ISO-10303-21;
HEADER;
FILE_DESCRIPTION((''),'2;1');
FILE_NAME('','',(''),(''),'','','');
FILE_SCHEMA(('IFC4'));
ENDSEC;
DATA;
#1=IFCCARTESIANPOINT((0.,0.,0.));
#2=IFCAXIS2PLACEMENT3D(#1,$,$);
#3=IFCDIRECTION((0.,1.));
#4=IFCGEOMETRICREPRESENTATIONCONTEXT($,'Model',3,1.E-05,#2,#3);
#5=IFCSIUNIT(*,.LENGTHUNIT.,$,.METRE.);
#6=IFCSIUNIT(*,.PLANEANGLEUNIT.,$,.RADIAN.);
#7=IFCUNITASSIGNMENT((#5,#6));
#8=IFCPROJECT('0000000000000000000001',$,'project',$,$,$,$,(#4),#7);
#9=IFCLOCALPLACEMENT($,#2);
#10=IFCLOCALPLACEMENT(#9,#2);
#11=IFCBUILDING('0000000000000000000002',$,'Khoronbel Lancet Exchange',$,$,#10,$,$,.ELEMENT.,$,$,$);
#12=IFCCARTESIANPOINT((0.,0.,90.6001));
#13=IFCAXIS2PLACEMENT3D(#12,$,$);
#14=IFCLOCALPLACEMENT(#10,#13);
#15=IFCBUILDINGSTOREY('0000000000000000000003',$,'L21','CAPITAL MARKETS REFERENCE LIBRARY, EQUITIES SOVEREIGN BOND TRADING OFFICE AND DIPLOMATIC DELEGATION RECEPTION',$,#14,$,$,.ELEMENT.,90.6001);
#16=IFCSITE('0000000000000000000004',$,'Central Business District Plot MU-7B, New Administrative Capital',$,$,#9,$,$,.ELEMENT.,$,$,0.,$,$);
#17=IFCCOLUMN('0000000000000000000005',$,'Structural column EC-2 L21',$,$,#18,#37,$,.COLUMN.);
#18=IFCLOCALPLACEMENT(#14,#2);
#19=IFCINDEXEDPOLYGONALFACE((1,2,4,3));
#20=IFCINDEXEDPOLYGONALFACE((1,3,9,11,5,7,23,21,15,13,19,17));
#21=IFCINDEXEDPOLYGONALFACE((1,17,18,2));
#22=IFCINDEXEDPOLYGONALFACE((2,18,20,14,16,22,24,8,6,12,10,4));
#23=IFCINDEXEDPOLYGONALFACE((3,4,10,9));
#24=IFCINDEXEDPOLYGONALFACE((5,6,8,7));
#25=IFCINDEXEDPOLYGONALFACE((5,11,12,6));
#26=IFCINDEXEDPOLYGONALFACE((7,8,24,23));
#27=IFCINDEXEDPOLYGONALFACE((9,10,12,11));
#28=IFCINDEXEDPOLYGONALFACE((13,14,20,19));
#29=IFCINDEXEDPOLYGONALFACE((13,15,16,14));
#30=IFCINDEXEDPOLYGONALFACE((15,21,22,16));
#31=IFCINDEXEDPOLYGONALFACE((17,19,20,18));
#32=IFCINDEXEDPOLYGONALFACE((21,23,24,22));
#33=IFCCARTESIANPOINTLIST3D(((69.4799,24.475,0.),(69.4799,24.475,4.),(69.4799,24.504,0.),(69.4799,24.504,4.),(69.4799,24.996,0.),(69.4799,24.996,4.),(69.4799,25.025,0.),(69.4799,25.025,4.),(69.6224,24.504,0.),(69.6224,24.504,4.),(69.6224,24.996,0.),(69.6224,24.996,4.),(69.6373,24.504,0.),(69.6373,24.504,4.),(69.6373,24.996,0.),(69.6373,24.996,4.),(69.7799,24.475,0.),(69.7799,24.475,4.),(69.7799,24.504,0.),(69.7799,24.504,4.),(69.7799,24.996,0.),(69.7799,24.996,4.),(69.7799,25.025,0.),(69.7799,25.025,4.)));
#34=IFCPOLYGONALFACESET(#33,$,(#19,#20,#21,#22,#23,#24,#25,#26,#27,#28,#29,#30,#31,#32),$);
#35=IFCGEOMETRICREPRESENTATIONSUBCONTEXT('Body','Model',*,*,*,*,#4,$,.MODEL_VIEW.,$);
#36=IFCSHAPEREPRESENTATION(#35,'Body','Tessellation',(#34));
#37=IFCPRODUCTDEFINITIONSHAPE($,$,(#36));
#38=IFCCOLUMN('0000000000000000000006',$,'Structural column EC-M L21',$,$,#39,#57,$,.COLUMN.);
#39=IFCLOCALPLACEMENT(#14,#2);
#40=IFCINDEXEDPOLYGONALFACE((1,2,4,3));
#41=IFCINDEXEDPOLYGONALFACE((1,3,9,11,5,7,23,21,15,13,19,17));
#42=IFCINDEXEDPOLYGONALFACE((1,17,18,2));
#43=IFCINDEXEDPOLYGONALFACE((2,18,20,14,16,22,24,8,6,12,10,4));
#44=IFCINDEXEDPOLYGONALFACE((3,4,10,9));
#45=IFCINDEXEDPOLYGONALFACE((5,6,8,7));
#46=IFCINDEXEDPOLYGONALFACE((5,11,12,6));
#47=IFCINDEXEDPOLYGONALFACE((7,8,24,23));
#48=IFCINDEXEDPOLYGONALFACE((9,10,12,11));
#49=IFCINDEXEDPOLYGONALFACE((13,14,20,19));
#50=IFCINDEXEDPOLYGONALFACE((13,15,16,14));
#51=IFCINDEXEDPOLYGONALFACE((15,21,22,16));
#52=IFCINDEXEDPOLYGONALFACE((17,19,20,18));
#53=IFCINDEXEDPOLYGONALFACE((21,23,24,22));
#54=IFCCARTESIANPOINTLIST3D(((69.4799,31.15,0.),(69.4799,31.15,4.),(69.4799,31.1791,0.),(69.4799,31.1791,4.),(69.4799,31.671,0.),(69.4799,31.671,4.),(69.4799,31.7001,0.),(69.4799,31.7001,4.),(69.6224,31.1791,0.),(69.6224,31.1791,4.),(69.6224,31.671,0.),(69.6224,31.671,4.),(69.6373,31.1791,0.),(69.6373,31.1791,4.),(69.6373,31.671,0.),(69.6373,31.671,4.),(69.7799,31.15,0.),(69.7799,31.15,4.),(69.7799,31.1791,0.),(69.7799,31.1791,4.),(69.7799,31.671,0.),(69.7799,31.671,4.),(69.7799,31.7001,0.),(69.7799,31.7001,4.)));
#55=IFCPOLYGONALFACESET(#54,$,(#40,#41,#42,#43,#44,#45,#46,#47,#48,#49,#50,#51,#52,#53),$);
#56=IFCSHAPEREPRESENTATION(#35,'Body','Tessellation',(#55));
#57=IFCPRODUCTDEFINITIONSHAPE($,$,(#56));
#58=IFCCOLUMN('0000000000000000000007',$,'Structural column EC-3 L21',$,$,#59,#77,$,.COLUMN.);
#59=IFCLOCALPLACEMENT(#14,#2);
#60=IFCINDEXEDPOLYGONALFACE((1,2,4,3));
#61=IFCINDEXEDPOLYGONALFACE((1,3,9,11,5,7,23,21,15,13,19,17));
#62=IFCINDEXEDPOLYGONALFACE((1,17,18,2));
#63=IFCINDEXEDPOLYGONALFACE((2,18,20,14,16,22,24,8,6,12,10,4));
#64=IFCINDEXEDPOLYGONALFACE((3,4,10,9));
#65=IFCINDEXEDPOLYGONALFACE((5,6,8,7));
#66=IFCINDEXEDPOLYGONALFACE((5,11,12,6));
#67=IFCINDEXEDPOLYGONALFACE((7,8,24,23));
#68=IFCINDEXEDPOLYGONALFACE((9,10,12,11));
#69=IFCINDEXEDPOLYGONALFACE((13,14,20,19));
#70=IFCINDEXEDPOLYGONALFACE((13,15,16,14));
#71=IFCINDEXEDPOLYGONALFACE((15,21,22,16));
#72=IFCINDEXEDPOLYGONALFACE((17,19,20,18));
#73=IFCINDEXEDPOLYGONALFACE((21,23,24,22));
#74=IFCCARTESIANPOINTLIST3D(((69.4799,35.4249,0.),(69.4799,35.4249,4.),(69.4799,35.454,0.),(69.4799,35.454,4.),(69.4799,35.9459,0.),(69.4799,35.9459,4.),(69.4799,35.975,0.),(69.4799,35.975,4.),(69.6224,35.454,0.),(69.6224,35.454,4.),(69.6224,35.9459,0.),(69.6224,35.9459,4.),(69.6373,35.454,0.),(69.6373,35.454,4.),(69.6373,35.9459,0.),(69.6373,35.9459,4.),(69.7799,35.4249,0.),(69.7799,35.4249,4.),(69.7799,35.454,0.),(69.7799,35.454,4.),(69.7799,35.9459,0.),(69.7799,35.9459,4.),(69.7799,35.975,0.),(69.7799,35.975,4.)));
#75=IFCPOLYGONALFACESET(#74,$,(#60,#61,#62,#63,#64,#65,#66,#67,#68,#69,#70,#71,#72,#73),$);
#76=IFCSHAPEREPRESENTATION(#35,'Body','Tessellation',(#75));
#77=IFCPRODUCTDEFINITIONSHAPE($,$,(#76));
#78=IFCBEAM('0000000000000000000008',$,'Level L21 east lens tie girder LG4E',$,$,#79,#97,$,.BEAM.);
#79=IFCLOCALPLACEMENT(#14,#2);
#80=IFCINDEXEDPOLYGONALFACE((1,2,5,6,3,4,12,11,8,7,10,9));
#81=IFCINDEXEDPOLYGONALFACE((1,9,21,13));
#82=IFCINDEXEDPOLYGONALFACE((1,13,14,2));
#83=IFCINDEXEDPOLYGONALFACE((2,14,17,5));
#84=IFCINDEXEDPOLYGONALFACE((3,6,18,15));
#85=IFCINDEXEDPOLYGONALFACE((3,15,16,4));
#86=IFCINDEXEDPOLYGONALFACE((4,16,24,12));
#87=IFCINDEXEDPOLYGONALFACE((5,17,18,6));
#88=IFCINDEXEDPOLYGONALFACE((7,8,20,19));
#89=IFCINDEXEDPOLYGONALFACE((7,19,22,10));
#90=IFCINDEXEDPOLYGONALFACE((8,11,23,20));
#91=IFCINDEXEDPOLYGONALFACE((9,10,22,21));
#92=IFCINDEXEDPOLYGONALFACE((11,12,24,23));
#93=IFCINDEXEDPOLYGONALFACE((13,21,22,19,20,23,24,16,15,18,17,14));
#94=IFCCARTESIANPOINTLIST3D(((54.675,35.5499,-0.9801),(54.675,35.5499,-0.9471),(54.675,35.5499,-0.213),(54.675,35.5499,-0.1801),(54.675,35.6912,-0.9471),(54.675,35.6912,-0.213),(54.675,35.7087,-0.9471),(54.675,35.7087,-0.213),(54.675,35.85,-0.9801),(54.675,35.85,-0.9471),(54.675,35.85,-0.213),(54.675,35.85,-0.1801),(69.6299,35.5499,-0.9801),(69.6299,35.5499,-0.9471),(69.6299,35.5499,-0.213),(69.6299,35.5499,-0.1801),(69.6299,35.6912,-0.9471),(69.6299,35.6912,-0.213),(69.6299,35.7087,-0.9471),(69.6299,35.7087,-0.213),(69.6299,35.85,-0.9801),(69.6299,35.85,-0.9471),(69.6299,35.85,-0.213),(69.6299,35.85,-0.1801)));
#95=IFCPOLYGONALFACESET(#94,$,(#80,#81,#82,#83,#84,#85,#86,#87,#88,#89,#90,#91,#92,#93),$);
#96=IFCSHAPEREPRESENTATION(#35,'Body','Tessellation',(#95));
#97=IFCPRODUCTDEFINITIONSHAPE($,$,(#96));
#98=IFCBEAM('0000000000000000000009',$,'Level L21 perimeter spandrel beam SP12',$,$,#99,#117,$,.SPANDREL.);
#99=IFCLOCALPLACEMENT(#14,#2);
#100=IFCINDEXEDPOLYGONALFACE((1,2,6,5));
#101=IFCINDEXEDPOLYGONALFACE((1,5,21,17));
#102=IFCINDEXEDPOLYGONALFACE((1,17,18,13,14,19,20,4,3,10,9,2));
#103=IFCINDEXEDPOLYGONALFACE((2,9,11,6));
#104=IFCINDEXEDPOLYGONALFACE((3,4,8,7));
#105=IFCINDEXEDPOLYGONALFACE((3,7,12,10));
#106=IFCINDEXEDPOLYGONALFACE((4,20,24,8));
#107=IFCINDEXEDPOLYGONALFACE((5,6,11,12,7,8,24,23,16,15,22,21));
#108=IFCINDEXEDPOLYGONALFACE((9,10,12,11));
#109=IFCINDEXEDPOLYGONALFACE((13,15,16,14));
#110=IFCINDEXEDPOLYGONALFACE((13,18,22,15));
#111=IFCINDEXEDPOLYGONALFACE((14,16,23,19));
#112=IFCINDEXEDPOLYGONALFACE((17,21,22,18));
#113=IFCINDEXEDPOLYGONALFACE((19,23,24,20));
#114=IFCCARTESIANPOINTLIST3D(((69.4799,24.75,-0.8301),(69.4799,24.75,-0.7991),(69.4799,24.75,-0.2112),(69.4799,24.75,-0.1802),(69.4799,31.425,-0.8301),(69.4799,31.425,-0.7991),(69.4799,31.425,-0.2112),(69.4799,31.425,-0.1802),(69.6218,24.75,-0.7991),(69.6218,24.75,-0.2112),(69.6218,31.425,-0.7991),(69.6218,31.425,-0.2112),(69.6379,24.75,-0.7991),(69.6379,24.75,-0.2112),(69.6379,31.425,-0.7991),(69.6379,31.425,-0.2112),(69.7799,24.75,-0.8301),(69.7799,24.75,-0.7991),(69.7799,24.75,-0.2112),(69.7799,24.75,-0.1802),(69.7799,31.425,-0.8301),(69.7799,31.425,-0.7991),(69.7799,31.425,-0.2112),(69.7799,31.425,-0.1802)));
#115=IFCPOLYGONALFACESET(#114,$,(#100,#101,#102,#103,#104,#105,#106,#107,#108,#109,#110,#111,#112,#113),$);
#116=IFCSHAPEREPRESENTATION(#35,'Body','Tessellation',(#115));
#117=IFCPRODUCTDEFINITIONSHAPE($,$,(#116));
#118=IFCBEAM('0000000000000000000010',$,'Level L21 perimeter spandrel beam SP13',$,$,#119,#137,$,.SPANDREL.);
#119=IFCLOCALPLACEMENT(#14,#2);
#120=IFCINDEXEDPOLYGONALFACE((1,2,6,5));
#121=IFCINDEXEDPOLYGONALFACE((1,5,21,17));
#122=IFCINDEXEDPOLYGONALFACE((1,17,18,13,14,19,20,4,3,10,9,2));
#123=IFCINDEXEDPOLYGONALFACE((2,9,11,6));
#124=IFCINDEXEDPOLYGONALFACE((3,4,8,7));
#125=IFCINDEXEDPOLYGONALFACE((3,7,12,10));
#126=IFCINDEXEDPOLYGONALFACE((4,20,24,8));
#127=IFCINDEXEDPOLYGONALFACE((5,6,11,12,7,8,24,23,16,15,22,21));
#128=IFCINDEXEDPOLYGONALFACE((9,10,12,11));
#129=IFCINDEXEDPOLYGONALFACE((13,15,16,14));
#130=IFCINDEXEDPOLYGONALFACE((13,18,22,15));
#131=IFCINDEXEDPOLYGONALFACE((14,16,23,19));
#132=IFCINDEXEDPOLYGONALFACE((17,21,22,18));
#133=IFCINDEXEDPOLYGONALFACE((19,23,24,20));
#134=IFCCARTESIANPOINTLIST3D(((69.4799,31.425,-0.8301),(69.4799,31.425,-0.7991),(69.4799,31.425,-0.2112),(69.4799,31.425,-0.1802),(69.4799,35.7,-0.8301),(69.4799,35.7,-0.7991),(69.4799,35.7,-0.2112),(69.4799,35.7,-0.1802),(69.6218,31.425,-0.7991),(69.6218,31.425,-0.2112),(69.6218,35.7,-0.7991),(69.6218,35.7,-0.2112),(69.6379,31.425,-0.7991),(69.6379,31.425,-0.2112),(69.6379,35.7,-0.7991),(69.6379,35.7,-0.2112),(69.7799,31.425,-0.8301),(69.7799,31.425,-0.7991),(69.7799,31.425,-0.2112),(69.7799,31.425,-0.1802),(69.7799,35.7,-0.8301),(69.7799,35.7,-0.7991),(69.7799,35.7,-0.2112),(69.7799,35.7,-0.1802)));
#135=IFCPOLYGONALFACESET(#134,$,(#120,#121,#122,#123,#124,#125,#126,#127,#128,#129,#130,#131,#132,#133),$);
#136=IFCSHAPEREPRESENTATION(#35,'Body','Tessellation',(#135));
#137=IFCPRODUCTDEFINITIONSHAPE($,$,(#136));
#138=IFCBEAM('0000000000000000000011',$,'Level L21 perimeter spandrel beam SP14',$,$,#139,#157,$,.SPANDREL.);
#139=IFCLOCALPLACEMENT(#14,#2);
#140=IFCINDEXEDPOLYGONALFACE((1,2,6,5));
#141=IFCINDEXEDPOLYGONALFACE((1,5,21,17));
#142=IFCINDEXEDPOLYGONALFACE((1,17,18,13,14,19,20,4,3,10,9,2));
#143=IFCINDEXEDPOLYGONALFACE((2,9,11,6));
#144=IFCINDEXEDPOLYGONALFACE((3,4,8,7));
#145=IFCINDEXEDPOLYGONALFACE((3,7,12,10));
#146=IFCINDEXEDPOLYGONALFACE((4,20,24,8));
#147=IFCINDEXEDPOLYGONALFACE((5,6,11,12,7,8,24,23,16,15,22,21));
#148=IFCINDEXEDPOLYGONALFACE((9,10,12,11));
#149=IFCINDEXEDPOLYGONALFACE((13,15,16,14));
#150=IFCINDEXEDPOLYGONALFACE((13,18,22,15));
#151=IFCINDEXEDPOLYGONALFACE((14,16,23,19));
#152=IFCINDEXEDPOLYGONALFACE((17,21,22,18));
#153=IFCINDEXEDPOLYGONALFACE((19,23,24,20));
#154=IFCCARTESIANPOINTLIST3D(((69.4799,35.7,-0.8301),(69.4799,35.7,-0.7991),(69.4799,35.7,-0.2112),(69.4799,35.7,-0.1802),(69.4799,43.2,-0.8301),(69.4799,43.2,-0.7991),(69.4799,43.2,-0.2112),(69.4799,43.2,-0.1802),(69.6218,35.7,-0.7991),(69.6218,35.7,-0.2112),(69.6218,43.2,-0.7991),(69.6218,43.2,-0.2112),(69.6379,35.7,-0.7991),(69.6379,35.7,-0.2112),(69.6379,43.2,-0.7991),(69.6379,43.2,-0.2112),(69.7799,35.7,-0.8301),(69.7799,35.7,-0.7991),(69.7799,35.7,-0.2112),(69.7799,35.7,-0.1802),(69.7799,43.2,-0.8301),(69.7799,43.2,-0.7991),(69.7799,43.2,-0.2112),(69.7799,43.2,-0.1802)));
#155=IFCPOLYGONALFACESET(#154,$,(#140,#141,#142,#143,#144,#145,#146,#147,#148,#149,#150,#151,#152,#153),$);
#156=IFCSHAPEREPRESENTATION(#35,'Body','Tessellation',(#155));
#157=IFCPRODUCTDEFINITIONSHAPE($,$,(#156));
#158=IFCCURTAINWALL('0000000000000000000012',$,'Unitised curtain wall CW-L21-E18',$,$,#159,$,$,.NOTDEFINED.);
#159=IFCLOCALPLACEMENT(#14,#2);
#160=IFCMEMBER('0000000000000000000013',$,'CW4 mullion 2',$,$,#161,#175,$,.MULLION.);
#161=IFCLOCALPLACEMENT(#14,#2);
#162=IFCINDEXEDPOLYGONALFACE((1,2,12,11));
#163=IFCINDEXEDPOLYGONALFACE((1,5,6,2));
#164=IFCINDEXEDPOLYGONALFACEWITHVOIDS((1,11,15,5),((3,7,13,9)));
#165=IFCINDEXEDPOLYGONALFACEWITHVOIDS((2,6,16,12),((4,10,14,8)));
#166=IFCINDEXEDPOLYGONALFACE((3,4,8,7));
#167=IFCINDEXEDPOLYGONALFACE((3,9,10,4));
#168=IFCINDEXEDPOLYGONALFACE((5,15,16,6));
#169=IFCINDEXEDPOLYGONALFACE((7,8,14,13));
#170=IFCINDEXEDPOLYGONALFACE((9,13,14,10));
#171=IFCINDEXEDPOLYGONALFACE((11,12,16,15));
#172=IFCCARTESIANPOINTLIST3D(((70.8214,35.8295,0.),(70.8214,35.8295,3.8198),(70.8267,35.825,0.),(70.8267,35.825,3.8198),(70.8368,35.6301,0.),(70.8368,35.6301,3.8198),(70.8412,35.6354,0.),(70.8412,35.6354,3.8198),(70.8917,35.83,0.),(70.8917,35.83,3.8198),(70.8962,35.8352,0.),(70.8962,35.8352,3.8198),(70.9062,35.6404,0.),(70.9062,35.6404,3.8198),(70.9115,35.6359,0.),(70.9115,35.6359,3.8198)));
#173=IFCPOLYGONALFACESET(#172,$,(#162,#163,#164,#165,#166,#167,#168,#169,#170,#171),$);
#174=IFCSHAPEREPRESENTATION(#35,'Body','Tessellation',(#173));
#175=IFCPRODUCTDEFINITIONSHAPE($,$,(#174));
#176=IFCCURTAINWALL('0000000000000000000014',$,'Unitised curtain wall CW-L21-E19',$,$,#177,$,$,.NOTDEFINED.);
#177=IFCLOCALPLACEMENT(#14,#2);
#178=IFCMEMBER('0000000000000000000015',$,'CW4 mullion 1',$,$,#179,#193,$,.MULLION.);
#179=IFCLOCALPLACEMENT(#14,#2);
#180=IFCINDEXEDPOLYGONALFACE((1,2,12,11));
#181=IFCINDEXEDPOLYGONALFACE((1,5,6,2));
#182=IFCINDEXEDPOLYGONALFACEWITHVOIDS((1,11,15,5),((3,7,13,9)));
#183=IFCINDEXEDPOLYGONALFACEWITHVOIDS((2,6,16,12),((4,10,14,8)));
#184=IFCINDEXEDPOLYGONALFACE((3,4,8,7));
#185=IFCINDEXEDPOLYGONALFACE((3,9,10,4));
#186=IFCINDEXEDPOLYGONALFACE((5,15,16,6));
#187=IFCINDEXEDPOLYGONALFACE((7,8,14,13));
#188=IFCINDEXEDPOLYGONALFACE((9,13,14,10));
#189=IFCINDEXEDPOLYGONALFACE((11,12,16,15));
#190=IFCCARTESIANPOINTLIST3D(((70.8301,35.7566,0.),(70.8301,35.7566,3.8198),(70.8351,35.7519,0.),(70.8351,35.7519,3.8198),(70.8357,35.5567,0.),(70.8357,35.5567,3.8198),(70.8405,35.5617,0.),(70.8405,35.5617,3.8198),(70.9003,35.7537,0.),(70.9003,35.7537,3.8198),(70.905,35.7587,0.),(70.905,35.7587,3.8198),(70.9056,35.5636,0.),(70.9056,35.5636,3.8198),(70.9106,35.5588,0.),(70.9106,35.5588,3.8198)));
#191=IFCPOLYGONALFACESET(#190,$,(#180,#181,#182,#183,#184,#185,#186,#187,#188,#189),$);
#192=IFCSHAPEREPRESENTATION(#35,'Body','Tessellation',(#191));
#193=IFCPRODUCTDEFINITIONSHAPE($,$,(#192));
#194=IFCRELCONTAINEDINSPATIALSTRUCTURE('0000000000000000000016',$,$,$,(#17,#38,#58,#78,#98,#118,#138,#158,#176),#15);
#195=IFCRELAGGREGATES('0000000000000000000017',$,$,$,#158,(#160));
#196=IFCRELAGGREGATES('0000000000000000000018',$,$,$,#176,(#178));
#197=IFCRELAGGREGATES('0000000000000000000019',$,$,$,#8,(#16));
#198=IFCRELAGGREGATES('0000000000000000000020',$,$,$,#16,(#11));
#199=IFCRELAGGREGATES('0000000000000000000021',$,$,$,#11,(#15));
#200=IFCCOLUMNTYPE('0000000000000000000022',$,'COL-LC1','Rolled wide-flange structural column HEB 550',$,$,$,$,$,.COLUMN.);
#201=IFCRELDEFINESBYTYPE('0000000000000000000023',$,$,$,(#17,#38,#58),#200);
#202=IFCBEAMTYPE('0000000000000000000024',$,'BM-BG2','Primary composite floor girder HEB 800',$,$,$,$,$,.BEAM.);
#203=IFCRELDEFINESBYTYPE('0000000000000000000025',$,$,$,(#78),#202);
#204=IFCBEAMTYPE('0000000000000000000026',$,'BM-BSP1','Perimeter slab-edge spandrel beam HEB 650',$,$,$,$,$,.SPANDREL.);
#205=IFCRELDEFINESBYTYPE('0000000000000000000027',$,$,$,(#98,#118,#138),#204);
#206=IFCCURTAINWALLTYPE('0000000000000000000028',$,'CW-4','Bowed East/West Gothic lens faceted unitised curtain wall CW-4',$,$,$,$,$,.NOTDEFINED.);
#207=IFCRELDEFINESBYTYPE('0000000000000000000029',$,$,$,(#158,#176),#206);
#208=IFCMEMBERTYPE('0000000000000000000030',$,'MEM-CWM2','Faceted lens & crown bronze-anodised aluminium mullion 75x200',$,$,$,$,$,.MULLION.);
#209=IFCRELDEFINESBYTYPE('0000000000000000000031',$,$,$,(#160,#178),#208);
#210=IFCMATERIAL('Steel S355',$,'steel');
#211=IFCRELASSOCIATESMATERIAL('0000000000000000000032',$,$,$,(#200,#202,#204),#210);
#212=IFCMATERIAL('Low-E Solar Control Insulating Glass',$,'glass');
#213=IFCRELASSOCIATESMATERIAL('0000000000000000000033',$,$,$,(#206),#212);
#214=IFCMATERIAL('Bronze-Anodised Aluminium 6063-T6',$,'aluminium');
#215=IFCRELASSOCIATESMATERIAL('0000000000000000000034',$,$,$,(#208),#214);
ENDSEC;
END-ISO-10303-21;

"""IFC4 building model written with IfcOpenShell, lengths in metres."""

from ifc_helpers import new_model, si_unit, direction, frame, origin, origin_2d, place, context, subcontext, project, spatial, hollow_rectangle, i_section, extrude, material, material_profile, profile_set, type_object, element, aggregate, save


model = new_model("IFC4")

# Units and contexts
model_context = context("Model", 3, precision=1e-05, world=origin(), true_north=direction((0.0, 1.0)))
body_context = subcontext(model_context, "Body", "Model", "MODEL_VIEW")
ifc_project = project(units=[si_unit("LENGTHUNIT", "METRE"), si_unit("PLANEANGLEUNIT", "RADIAN")], contexts=[model_context])

# Site, building, storey
site_placement = place(None, origin())
site = spatial("IfcSite", under=ifc_project, at=site_placement, Name="Central Business District Plot MU-7B, New Administrative Capital", CompositionType="ELEMENT", RefElevation=0.0)
building_placement = place(site_placement, origin())
building = spatial("IfcBuilding", under=site, at=building_placement, Name="Khoronbel Lancet Exchange", CompositionType="ELEMENT")
storey_placement = place(building_placement, frame((0.0, 0.0, 90.6001)))
storey = spatial("IfcBuildingStorey", under=building, at=storey_placement, Name="L21", Description="CAPITAL MARKETS REFERENCE LIBRARY, EQUITIES SOVEREIGN BOND TRADING OFFICE AND DIPLOMATIC DELEGATION RECEPTION", CompositionType="ELEMENT", Elevation=90.6001)

# Columns
ifc_material_1 = material(Name="Steel S355", Category="steel")
ifc_material_profile_1 = material_profile(ifc_material_1, i_section(OverallWidth=0.3, OverallDepth=0.55, WebThickness=0.0149, FlangeThickness=0.0291, at=origin_2d()), Name="HEB 550")
ifc_profile_set_1 = profile_set([ifc_material_profile_1], Name="Steel S355")
column_type = type_object("IfcColumnType", Name="COL-LC1", Description="Rolled wide-flange structural column HEB 550", PredefinedType="COLUMN", material=ifc_profile_set_1)
for number, where, z_axis, x_axis, name in (
    (1, (69.6299, 24.75, 0.0), (0.0, 0.0, 1.0), (1.0, 0.0, 0.0), "Structural column EC-2 L21"),
    (2, (69.6299, 31.425, 0.0), (0.0, 0.0, 1.0), (1.0, 0.0, 0.0), "Structural column EC-M L21"),
    (3, (69.6299, 35.7, 0.0), (0.0, 0.0, 1.0), (1.0, 0.0, 0.0), "Structural column EC-3 L21"),
):
    element("IfcColumn", number, at=place(storey_placement, frame(where, z_axis=z_axis, x_axis=x_axis)), inside=storey, type_object=column_type, Name=name, PredefinedType="COLUMN", context=body_context, shape_type="SweptSolid", body=[
        extrude(i_section(OverallWidth=0.3, OverallDepth=0.55, WebThickness=0.0149, FlangeThickness=0.0291, at=origin_2d()), origin(), (0.0, 0.0, 1.0), 4.0),
    ])

# Beams
ifc_material_profile_2 = material_profile(ifc_material_1, i_section(OverallWidth=0.3, OverallDepth=0.8, WebThickness=0.0176, FlangeThickness=0.033, at=origin_2d()), Name="HEB 800")
ifc_profile_set_2 = profile_set([ifc_material_profile_2], Name="Steel S355")
beam_type_1 = type_object("IfcBeamType", Name="BM-BG2", Description="Primary composite floor girder HEB 800", PredefinedType="BEAM", material=ifc_profile_set_2)
beam_1_placement = place(storey_placement, frame((54.675, 35.7, -0.5801), z_axis=(1.0, 0.0, 0.0), x_axis=(0.0, 1.0, 0.0)))
element("IfcBeam", 4, at=beam_1_placement, inside=storey, type_object=beam_type_1, Name="Level L21 east lens tie girder LG4E", PredefinedType="BEAM", context=body_context, shape_type="SweptSolid", body=[
    extrude(i_section(OverallWidth=0.3, OverallDepth=0.8, WebThickness=0.0176, FlangeThickness=0.033, at=origin_2d()), origin(), (0.0, 0.0, 1.0), 14.9548),
])
ifc_material_profile_3 = material_profile(ifc_material_1, i_section(OverallWidth=0.3, OverallDepth=0.6499, WebThickness=0.0161, FlangeThickness=0.031, at=origin_2d()), Name="HEB 650")
ifc_profile_set_3 = profile_set([ifc_material_profile_3], Name="Steel S355")
beam_type_2 = type_object("IfcBeamType", Name="BM-BSP1", Description="Perimeter slab-edge spandrel beam HEB 650", PredefinedType="SPANDREL", material=ifc_profile_set_3)
beam_2_placement = place(storey_placement, frame((69.6299, 24.75, -0.5051), z_axis=(0.0, 1.0, 0.0), x_axis=(-1.0, 0.0, 0.0)))
element("IfcBeam", 5, at=beam_2_placement, inside=storey, type_object=beam_type_2, Name="Level L21 perimeter spandrel beam SP12", PredefinedType="SPANDREL", context=body_context, shape_type="SweptSolid", body=[
    extrude(i_section(OverallWidth=0.3, OverallDepth=0.6499, WebThickness=0.0161, FlangeThickness=0.031, at=origin_2d()), origin(), (0.0, 0.0, 1.0), 6.675),
])
beam_3_placement = place(storey_placement, frame((69.6299, 31.425, -0.5051), z_axis=(0.0, 1.0, 0.0), x_axis=(-1.0, 0.0, 0.0)))
element("IfcBeam", 6, at=beam_3_placement, inside=storey, type_object=beam_type_2, Name="Level L21 perimeter spandrel beam SP13", PredefinedType="SPANDREL", context=body_context, shape_type="SweptSolid", body=[
    extrude(i_section(OverallWidth=0.3, OverallDepth=0.6499, WebThickness=0.0161, FlangeThickness=0.031, at=origin_2d()), origin(), (0.0, 0.0, 1.0), 4.2749),
])
beam_4_placement = place(storey_placement, frame((69.6299, 35.7, -0.5051), z_axis=(0.0, 1.0, 0.0), x_axis=(-1.0, 0.0, 0.0)))
element("IfcBeam", 7, at=beam_4_placement, inside=storey, type_object=beam_type_2, Name="Level L21 perimeter spandrel beam SP14", PredefinedType="SPANDREL", context=body_context, shape_type="SweptSolid", body=[
    extrude(i_section(OverallWidth=0.3, OverallDepth=0.6499, WebThickness=0.0161, FlangeThickness=0.031, at=origin_2d()), origin(), (0.0, 0.0, 1.0), 7.5),
])

# Curtain wall, member
ifc_material_2 = material(Name="Low-E Solar Control Insulating Glass", Category="glass")
curtain_wall_type = type_object("IfcCurtainWallType", Name="CW-4", Description="Bowed East/West Gothic lens faceted unitised curtain wall CW-4", PredefinedType="NOTDEFINED", material=ifc_material_2)
curtain_wall_1_placement = place(storey_placement, origin())
curtain_wall_1 = element("IfcCurtainWall", 8, at=curtain_wall_1_placement, inside=storey, type_object=curtain_wall_type, Name="Unitised curtain wall CW-L21-E18", PredefinedType="NOTDEFINED")
ifc_material_3 = material(Name="Bronze-Anodised Aluminium 6063-T6", Category="aluminium")
ifc_material_profile_4 = material_profile(ifc_material_3, hollow_rectangle(XDim=0.075, YDim=0.2, WallThickness=0.0049, at=origin_2d()), Name="ALU MULLION 75x200")
ifc_profile_set_4 = profile_set([ifc_material_profile_4], Name="Bronze-Anodised Aluminium 6063-T6")
member_type_1 = type_object("IfcMemberType", Name="MEM-CWM2", Description="Faceted lens & crown bronze-anodised aluminium mullion 75x200", PredefinedType="MULLION", material=ifc_profile_set_4)
member_1_placement = place(storey_placement, frame((70.8665, 35.7327, 0.0), z_axis=(0.0, 0.0, 1.0), x_axis=(0.99706, 0.076626, 0.0)))
member_1 = element("IfcMember", 9, at=member_1_placement, type_object=member_type_1, Name="CW4 mullion 2", PredefinedType="MULLION", context=body_context, shape_type="SweptSolid", body=[
    extrude(hollow_rectangle(XDim=0.075, YDim=0.2, WallThickness=0.0049, at=origin_2d()), origin(), (0.0, 0.0, 1.0), 3.8198),
])

# Curtain wall, member
curtain_wall_2_placement = place(storey_placement, origin())
curtain_wall_2 = element("IfcCurtainWall", 10, at=curtain_wall_2_placement, inside=storey, type_object=curtain_wall_type, Name="Unitised curtain wall CW-L21-E19", PredefinedType="NOTDEFINED")
member_2_placement = place(storey_placement, frame((70.8704, 35.6577, 0.0), z_axis=(0.0, 0.0, 1.0), x_axis=(0.999604, 0.028135, 0.0)))
member_2 = element("IfcMember", 11, at=member_2_placement, type_object=member_type_1, Name="CW4 mullion 1", PredefinedType="MULLION", context=body_context, shape_type="SweptSolid", body=[
    extrude(hollow_rectangle(XDim=0.075, YDim=0.2, WallThickness=0.0049, at=origin_2d()), origin(), (0.0, 0.0, 1.0), 3.8198),
])

aggregate(curtain_wall_1, [member_1])
aggregate(curtain_wall_2, [member_2])

save(model, "model.ifc")
